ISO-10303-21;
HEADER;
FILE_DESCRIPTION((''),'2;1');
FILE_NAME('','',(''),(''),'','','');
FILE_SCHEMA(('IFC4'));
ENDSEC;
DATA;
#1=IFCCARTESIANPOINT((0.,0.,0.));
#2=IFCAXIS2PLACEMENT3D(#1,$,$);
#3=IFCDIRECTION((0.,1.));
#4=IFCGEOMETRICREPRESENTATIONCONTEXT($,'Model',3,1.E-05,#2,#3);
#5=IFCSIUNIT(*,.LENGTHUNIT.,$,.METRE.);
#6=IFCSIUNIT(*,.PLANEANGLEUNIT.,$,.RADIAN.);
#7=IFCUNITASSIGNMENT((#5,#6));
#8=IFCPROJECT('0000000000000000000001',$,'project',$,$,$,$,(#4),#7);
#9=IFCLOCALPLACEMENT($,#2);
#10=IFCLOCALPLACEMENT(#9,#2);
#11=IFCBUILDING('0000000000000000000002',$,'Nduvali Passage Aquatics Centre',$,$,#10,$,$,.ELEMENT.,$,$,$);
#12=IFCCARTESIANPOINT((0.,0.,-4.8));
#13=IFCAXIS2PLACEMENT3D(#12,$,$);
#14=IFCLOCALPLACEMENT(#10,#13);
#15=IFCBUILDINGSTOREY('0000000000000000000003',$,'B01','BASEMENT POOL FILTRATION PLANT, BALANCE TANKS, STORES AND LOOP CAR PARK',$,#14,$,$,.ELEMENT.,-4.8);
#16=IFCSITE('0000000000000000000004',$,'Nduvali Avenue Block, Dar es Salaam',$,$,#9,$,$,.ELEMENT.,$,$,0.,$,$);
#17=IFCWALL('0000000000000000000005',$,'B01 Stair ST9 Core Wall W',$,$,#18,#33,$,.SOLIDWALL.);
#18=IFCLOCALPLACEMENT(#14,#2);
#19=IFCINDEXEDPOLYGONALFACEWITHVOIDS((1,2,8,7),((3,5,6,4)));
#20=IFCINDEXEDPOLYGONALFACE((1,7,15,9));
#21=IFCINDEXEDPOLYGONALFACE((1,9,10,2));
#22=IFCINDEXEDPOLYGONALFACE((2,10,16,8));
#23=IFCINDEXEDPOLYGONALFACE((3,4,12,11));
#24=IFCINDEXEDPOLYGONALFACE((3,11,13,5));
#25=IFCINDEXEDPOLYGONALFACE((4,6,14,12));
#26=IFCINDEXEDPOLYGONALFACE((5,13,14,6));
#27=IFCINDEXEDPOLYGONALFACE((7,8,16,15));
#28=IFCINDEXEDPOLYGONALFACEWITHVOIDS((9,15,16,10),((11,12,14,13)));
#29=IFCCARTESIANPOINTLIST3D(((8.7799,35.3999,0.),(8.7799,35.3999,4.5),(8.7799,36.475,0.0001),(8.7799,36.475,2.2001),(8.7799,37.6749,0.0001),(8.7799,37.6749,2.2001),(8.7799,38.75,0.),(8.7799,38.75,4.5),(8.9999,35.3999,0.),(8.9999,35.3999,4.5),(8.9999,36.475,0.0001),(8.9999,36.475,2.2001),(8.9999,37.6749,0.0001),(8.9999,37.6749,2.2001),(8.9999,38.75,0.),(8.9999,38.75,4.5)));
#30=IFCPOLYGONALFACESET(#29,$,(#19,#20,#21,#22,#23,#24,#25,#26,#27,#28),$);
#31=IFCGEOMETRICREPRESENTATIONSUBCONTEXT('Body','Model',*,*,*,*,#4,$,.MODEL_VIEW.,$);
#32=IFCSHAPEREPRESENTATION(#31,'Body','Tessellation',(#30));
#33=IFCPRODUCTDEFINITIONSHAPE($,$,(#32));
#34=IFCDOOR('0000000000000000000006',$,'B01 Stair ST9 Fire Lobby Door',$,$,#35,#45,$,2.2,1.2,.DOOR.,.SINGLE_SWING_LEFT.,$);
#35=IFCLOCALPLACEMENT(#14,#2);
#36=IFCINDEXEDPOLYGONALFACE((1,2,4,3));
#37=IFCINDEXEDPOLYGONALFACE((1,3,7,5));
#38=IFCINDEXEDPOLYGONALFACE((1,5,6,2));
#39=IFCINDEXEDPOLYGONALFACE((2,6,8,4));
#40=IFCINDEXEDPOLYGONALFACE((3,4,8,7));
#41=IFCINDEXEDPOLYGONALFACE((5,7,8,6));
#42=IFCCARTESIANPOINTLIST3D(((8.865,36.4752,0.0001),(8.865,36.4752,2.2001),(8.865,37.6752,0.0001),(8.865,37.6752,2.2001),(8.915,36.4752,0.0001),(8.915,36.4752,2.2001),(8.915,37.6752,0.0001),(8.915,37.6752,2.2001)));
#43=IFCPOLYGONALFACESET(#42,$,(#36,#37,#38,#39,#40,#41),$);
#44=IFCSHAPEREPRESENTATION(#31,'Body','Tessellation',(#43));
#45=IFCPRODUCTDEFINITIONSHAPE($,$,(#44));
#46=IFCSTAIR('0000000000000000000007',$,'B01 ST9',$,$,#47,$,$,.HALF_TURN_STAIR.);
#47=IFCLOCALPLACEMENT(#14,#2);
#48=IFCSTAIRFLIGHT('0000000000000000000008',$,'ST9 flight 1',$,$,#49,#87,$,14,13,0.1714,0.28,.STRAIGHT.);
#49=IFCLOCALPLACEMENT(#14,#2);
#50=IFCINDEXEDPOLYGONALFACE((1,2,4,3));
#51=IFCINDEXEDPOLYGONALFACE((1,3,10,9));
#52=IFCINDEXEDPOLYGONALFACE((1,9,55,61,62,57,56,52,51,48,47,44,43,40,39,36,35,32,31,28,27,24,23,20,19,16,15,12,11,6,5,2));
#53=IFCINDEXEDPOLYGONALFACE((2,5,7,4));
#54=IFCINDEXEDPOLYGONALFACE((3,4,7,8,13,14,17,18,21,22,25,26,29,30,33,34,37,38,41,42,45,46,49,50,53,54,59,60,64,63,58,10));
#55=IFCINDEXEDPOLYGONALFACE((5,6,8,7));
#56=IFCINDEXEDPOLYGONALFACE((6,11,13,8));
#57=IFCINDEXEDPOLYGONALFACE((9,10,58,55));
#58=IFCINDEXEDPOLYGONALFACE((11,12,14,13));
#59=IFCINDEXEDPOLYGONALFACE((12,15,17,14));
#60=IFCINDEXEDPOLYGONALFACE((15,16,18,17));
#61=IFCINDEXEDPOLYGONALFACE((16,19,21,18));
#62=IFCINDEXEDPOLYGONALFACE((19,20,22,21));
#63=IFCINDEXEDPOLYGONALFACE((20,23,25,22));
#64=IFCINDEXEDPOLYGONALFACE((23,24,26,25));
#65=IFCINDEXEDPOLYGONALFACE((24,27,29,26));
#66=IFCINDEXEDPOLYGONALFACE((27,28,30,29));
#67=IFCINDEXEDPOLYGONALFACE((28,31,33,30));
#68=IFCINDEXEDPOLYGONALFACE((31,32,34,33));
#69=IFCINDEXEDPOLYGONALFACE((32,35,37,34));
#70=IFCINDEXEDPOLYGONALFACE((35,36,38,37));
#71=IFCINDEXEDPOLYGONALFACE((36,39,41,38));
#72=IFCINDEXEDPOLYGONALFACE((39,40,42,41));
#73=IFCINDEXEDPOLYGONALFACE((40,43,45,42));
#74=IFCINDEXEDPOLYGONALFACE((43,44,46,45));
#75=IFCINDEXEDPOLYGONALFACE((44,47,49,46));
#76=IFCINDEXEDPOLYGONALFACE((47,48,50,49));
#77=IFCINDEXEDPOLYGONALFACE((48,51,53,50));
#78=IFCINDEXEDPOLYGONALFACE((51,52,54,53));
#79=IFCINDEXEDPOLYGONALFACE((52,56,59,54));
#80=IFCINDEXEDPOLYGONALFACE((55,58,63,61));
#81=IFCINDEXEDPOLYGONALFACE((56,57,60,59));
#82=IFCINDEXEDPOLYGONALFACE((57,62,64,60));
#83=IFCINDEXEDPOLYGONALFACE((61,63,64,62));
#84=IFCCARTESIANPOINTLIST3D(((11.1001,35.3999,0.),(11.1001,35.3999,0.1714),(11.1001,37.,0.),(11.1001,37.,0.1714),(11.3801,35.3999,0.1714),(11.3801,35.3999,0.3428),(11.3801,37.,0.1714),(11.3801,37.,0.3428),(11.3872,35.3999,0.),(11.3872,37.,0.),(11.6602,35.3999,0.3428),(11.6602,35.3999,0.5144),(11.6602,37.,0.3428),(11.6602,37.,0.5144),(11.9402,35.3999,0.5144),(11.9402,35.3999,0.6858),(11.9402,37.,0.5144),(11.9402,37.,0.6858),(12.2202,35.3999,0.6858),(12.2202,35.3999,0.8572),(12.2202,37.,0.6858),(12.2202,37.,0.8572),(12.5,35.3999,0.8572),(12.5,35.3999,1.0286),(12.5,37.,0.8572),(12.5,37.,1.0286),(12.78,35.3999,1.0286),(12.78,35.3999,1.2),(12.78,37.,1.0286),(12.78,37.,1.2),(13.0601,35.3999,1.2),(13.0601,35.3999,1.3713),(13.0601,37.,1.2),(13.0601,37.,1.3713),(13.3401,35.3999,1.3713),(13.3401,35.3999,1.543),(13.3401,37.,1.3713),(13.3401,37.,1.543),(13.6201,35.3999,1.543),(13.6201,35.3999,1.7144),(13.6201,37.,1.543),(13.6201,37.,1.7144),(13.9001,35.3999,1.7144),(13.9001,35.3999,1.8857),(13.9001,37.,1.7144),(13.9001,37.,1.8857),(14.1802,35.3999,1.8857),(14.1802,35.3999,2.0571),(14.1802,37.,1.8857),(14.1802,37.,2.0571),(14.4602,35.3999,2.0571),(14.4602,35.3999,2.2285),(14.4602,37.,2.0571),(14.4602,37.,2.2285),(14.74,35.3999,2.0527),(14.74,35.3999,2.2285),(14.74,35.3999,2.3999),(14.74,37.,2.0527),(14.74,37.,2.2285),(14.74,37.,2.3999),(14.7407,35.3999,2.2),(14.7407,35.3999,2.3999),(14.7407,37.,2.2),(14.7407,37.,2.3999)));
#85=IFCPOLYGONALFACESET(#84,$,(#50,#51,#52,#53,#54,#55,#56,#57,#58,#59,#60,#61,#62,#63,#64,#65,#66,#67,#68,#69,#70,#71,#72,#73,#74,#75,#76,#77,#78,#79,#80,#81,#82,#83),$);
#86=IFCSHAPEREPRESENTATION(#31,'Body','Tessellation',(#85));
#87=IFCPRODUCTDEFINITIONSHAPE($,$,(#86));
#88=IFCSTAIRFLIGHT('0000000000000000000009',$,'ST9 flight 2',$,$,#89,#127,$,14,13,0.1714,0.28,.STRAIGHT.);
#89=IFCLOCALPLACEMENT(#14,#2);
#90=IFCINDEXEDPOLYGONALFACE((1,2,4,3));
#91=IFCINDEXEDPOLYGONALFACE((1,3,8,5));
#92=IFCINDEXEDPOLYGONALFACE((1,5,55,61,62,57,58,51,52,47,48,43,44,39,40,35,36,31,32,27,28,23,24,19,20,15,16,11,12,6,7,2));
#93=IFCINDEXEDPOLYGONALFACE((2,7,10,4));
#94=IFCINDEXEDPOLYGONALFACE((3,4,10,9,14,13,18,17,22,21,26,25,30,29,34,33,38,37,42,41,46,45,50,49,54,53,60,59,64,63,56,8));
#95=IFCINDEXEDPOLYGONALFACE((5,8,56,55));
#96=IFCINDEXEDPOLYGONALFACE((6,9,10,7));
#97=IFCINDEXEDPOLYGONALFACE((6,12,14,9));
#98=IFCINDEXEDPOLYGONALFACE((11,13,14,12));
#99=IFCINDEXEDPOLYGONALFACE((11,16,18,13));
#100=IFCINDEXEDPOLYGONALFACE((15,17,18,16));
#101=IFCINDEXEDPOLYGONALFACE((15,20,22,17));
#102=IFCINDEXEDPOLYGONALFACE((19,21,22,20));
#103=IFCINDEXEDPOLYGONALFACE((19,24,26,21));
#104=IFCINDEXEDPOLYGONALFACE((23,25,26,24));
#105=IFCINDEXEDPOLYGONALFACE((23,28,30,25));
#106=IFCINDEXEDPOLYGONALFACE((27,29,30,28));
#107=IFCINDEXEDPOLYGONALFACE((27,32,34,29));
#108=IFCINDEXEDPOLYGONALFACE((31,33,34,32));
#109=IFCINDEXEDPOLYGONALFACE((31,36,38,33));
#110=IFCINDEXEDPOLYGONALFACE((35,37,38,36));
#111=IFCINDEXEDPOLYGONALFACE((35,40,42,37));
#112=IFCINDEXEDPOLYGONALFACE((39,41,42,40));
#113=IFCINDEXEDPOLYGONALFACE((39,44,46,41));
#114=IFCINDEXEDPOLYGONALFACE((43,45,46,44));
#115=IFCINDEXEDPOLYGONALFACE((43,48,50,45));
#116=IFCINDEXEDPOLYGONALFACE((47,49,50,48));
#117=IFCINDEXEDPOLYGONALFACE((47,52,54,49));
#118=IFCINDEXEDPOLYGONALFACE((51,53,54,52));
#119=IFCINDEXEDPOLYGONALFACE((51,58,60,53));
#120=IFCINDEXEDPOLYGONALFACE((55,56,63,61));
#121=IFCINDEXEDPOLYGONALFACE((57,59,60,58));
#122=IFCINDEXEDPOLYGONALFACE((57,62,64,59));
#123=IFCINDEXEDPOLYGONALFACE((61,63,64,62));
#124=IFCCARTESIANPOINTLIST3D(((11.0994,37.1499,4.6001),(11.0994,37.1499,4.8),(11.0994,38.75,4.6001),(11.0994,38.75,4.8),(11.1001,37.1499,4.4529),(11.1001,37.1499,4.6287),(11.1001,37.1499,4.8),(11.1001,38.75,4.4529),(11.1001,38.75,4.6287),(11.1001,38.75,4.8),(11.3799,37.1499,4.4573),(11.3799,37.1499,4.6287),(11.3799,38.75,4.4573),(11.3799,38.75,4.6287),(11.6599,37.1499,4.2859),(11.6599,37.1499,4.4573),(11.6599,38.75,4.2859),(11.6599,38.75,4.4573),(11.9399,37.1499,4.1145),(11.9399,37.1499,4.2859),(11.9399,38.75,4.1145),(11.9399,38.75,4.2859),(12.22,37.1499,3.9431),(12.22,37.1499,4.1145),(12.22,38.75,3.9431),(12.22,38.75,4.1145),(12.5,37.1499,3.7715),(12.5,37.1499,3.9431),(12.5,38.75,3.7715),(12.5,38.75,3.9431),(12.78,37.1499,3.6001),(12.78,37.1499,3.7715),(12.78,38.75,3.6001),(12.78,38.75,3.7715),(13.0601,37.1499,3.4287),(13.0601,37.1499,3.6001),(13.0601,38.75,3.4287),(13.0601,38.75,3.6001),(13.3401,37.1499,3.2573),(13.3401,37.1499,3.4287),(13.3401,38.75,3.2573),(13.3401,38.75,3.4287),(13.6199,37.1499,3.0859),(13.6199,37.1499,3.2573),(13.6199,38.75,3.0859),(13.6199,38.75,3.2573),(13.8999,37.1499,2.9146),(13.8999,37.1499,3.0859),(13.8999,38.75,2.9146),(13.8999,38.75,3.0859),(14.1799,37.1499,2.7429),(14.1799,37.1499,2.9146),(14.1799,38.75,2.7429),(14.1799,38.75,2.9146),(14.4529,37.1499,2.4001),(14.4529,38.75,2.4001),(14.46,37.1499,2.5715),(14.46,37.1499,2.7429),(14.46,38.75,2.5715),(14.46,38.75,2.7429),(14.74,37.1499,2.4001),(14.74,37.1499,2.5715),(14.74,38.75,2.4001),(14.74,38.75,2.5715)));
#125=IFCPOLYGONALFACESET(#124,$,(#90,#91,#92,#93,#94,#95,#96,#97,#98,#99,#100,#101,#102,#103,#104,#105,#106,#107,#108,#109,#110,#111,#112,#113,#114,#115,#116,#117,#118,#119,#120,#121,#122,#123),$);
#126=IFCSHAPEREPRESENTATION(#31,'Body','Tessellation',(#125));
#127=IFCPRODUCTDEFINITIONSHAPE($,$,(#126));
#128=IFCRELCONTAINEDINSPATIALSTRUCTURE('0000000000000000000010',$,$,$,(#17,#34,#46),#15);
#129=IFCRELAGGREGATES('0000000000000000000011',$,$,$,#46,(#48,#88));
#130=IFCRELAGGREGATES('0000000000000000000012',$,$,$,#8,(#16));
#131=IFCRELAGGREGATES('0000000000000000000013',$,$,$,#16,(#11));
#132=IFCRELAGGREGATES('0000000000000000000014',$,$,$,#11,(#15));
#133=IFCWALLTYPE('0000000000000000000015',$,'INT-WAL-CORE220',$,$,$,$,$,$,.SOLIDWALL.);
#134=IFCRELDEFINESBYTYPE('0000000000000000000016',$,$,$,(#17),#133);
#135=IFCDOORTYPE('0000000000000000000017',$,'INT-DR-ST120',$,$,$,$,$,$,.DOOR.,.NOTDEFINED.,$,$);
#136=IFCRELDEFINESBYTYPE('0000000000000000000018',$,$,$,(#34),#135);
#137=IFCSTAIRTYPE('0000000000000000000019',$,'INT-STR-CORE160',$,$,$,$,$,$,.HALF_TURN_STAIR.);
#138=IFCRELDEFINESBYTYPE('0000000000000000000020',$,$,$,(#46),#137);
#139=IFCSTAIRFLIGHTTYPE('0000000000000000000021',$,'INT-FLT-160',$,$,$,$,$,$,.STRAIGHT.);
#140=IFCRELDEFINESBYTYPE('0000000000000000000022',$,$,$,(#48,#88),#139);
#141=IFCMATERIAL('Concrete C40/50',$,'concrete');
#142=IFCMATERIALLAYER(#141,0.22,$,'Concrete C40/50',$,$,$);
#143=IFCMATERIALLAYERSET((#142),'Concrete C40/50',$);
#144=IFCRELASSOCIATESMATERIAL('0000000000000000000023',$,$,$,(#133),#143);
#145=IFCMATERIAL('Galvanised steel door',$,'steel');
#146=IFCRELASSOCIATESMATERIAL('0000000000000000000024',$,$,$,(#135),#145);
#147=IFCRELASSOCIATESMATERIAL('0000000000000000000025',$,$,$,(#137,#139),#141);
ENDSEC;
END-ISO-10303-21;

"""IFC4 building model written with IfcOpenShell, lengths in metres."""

from ifc_helpers import new_model, si_unit, direction, frame, frame_2d, origin, place, context, subcontext, project, spatial, polyline, rectangle, outline, extrude, material, layer, layer_set, type_object, element, fill, aggregate, save


model = new_model("IFC4")

# Units and contexts
model_context = context("Model", 3, precision=1e-05, world=origin(), true_north=direction((0.0, 1.0)))
body_context = subcontext(model_context, "Body", "Model", "MODEL_VIEW")
ifc_project = project(units=[si_unit("LENGTHUNIT", "METRE"), si_unit("PLANEANGLEUNIT", "RADIAN")], contexts=[model_context])

# Site, building, storey
site_placement = place(None, origin())
site = spatial("IfcSite", under=ifc_project, at=site_placement, Name="Nduvali Avenue Block, Dar es Salaam", CompositionType="ELEMENT", RefElevation=0.0)
building_placement = place(site_placement, origin())
building = spatial("IfcBuilding", under=site, at=building_placement, Name="Nduvali Passage Aquatics Centre", CompositionType="ELEMENT")
storey_placement = place(building_placement, frame((0.0, 0.0, -4.8)))
storey = spatial("IfcBuildingStorey", under=building, at=storey_placement, Name="B01", Description="BASEMENT POOL FILTRATION PLANT, BALANCE TANKS, STORES AND LOOP CAR PARK", CompositionType="ELEMENT", Elevation=-4.8)

# Shared definitions
ifc_material_1 = material(Name="Concrete C40/50", Category="concrete")

# Shared definitions
ifc_layer_1 = layer(ifc_material_1, 0.22, Name="Concrete C40/50")
ifc_layer_set_1 = layer_set([ifc_layer_1], Name="Concrete C40/50")
wall_type_1 = type_object("IfcWallType", Name="INT-WAL-CORE220", PredefinedType="SOLIDWALL", material=ifc_layer_set_1)

# Wall, opening, door
wall_1_placement = place(storey_placement, frame((8.8899, 38.75, 0.0), z_axis=(0.0, 0.0, 1.0), x_axis=(0.0, -1.0, 0.0)))
wall_1 = element("IfcWall", 1, at=wall_1_placement, inside=storey, type_object=wall_type_1, Name="B01 Stair ST9 Core Wall W", PredefinedType="SOLIDWALL", context=body_context, shape_type="SweptSolid", body=[
    extrude(rectangle(XDim=3.3501, YDim=0.22, at=frame_2d((1.675, 0.0))), origin(), (0.0, 0.0, 1.0), 4.5),
])
opening_placement = place(wall_1_placement, frame((1.075, 0.0, 0.0)))
opening = element("IfcOpeningElement", 2, at=opening_placement, cuts=wall_1, PredefinedType="OPENING", context=body_context, shape_type="SweptSolid", body=[
    extrude(rectangle(XDim=1.2, YDim=2.2, at=frame_2d((0.6001, 1.1001))), frame((0.0, 0.125, 0.0), z_axis=(0.0, -1.0, 0.0), x_axis=(1.0, 0.0, 0.0)), (0.0, 0.0, 1.0), 0.2498),
])
ifc_material_2 = material(Name="Galvanised steel door", Category="steel")
door_type = type_object("IfcDoorType", Name="INT-DR-ST120", OperationType="NOTDEFINED", PredefinedType="DOOR", material=ifc_material_2)
door_placement = place(opening_placement, frame((1.2, 0.0, 0.0), z_axis=(0.0, 0.0, 1.0), x_axis=(-1.0, 0.0, 0.0)))
door = element("IfcDoor", 3, at=door_placement, inside=storey, type_object=door_type, Name="B01 Stair ST9 Fire Lobby Door", OperationType="SINGLE_SWING_LEFT", OverallHeight=2.2, OverallWidth=1.2, PredefinedType="DOOR", context=body_context, shape_type="SweptSolid", body=[
    extrude(rectangle(XDim=1.2, YDim=2.2, at=frame_2d((0.6001, 1.1001))), frame((0.0, 0.0249, 0.0), z_axis=(0.0, -1.0, 0.0), x_axis=(1.0, 0.0, 0.0)), (0.0, 0.0, 1.0), 0.05),
])
fill(opening, door)

# Stair, stair flights
stair_type = type_object("IfcStairType", Name="INT-STR-CORE160", PredefinedType="HALF_TURN_STAIR", material=ifc_material_1)
stair_placement = place(storey_placement, origin())
stair = element("IfcStair", 4, at=stair_placement, inside=storey, type_object=stair_type, Name="B01 ST9", PredefinedType="HALF_TURN_STAIR")
stair_flight_type = type_object("IfcStairFlightType", Name="INT-FLT-160", PredefinedType="STRAIGHT", material=ifc_material_1)
stair_flight_1_placement = place(storey_placement, frame((11.1001, 36.2, 0.0), z_axis=(0.0, 0.0, 1.0), x_axis=(1.0, 0.0, 0.0)))
stair_flight_1 = element("IfcStairFlight", 5, at=stair_flight_1_placement, type_object=stair_flight_type, Name="ST9 flight 1", NumberOfRisers=14, NumberOfTreads=13, PredefinedType="STRAIGHT", RiserHeight=0.1714, TreadLength=0.28, context=body_context, shape_type="SweptSolid", body=[
    extrude(outline(polyline([(0.0, 0.0), (0.0, 0.1714), (0.28, 0.1714), (0.28, 0.3428), (0.5601, 0.3428), (0.5601, 0.5144), (0.8401, 0.5144), (0.8401, 0.6858), (1.1201, 0.6858), (1.1201, 0.8572), (1.3999, 0.8572), (1.3999, 1.0286), (1.6799, 1.0286), (1.6799, 1.2), (1.96, 1.2), (1.96, 1.3713), (2.24, 1.3713), (2.24, 1.543), (2.52, 1.543), (2.52, 1.7144), (2.8, 1.7144), (2.8, 1.8857), (3.0801, 1.8857), (3.0801, 2.0571), (3.3601, 2.0571), (3.3601, 2.2285), (3.6399, 2.2285), (3.6399, 2.3999), (3.6406, 2.3999), (3.6406, 2.2), (3.6399, 2.0527), (0.2871, 0.0), (0.0, 0.0)])), frame((0.0, 0.8, 0.0), z_axis=(0.0, -1.0, 0.0), x_axis=(1.0, 0.0, 0.0)), (0.0, 0.0, 1.0), 1.6001),
])
stair_flight_2_placement = place(storey_placement, frame((14.74, 37.95, 2.4001), z_axis=(0.0, 0.0, 1.0), x_axis=(-1.0, 0.0, 0.0)))
stair_flight_2 = element("IfcStairFlight", 6, at=stair_flight_2_placement, type_object=stair_flight_type, Name="ST9 flight 2", NumberOfRisers=14, NumberOfTreads=13, PredefinedType="STRAIGHT", RiserHeight=0.1714, TreadLength=0.28, context=body_context, shape_type="SweptSolid", body=[
    extrude(outline(polyline([(0.0, 0.0), (0.0, 0.1714), (0.28, 0.1714), (0.28, 0.3428), (0.5601, 0.3428), (0.5601, 0.5144), (0.8401, 0.5144), (0.8401, 0.6858), (1.1201, 0.6858), (1.1201, 0.8572), (1.3999, 0.8572), (1.3999, 1.0286), (1.6799, 1.0286), (1.6799, 1.2), (1.96, 1.2), (1.96, 1.3713), (2.24, 1.3713), (2.24, 1.543), (2.52, 1.543), (2.52, 1.7144), (2.8, 1.7144), (2.8, 1.8857), (3.0801, 1.8857), (3.0801, 2.0571), (3.3601, 2.0571), (3.3601, 2.2285), (3.6399, 2.2285), (3.6399, 2.3999), (3.6406, 2.3999), (3.6406, 2.2), (3.6399, 2.0527), (0.2871, 0.0), (0.0, 0.0)])), frame((0.0, 0.8, 0.0), z_axis=(0.0, -1.0, 0.0), x_axis=(1.0, 0.0, 0.0)), (0.0, 0.0, 1.0), 1.6001),
])
aggregate(stair, [stair_flight_1, stair_flight_2])

save(model, "model.ifc")
